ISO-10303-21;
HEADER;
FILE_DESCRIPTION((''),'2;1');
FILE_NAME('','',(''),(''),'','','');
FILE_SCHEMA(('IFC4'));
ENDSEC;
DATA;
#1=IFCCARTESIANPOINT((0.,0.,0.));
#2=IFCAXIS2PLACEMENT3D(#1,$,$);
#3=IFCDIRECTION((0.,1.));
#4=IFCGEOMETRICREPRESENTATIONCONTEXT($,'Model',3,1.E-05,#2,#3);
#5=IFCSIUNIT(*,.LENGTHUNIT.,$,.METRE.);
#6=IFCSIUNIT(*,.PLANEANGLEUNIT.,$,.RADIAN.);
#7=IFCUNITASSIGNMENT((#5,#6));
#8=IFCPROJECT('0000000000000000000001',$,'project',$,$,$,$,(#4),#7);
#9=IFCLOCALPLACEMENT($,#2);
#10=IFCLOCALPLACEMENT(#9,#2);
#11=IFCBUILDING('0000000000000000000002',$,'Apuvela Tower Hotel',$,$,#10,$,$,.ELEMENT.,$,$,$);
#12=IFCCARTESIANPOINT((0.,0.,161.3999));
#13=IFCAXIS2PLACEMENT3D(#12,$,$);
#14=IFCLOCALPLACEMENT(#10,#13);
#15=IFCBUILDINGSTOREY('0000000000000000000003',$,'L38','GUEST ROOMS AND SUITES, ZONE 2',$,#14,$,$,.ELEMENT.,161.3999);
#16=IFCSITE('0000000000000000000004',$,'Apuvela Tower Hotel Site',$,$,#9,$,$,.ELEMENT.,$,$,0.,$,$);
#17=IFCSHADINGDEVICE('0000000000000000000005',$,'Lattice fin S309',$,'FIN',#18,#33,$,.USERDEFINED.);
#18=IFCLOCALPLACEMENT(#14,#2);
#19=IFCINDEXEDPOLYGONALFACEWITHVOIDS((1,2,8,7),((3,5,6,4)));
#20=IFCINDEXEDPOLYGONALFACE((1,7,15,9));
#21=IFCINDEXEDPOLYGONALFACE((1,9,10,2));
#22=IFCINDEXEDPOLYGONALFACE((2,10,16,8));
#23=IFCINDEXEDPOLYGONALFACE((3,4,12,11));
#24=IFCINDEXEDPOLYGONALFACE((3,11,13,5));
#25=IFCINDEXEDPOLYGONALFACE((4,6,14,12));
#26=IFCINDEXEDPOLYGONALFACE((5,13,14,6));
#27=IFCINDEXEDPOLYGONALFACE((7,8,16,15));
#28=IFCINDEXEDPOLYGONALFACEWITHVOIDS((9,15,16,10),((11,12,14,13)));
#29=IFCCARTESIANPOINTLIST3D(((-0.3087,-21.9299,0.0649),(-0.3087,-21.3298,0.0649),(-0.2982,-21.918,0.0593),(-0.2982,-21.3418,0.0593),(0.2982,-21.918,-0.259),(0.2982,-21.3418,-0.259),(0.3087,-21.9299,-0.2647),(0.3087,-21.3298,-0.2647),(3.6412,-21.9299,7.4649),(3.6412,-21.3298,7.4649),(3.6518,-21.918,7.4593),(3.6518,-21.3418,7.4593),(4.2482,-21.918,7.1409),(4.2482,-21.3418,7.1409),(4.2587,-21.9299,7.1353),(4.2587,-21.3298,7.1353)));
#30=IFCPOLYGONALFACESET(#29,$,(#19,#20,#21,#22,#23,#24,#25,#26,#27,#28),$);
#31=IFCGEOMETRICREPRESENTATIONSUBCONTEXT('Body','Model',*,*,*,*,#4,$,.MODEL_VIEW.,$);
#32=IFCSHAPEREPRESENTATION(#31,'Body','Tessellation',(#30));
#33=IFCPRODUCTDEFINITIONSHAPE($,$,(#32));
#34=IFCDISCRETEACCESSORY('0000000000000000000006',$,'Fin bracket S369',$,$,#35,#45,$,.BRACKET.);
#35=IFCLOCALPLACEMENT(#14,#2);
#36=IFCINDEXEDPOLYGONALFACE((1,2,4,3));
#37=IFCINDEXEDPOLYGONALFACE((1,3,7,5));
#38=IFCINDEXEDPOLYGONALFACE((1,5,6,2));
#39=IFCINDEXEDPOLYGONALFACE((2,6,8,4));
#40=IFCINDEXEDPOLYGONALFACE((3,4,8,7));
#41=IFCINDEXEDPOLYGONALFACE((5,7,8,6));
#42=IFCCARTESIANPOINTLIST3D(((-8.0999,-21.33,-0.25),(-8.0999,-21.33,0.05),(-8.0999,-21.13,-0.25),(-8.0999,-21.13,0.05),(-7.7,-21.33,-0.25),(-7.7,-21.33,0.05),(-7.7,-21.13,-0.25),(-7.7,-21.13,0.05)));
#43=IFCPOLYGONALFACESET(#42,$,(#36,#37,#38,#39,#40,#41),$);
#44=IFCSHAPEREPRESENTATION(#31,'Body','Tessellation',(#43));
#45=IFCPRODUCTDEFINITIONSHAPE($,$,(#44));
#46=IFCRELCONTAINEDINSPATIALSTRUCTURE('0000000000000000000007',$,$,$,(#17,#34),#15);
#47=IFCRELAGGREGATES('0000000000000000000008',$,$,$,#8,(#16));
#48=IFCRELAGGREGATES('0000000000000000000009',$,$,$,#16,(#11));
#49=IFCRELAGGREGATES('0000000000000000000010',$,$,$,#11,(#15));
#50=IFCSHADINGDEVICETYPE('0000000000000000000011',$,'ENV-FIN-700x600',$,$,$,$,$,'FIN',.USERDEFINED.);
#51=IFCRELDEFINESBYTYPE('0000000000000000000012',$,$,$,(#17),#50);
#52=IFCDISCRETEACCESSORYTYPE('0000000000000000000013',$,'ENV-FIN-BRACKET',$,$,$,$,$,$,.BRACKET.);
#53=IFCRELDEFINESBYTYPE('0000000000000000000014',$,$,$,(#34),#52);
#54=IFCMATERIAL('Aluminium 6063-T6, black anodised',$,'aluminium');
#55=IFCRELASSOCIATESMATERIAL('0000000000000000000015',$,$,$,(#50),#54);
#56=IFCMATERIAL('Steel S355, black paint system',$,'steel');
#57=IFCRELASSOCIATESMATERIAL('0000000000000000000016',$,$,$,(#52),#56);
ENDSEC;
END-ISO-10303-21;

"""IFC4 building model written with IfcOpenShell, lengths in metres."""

from ifc_helpers import new_model, si_unit, direction, frame, origin, origin_2d, place, context, subcontext, project, spatial, rectangle, hollow_rectangle, extrude, material, material_profile, profile_set, type_object, element, save


model = new_model("IFC4")

# Units and contexts
model_context = context("Model", 3, precision=1e-05, world=origin(), true_north=direction((0.0, 1.0)))
body_context = subcontext(model_context, "Body", "Model", "MODEL_VIEW")
ifc_project = project(units=[si_unit("LENGTHUNIT", "METRE"), si_unit("PLANEANGLEUNIT", "RADIAN")], contexts=[model_context])

# Site, building, storey
site_placement = place(None, origin())
site = spatial("IfcSite", under=ifc_project, at=site_placement, Name="Apuvela Tower Hotel Site", CompositionType="ELEMENT", RefElevation=0.0)
building_placement = place(site_placement, origin())
building = spatial("IfcBuilding", under=site, at=building_placement, Name="Apuvela Tower Hotel", CompositionType="ELEMENT")
storey_placement = place(building_placement, frame((0.0, 0.0, 161.3999)))
storey = spatial("IfcBuildingStorey", under=building, at=storey_placement, Name="L38", Description="GUEST ROOMS AND SUITES, ZONE 2", CompositionType="ELEMENT", Elevation=161.3999)

# Shading device
ifc_material_1 = material(Name="Aluminium 6063-T6, black anodised", Category="aluminium")
ifc_material_profile_1 = material_profile(ifc_material_1, hollow_rectangle(XDim=0.6001, YDim=0.7, WallThickness=0.012, at=origin_2d()), Name="AL BOX 700x600x12")
ifc_profile_set_1 = profile_set([ifc_material_profile_1], Name="Aluminium 6063-T6, black anodised")
shading_device_type = type_object("IfcShadingDeviceType", Name="ENV-FIN-700x600", ElementType="FIN", PredefinedType="USERDEFINED", material=ifc_profile_set_1)
for number, where, z_axis, x_axis, name in (
    (1, (0.0, -21.6299, -0.0999), (0.470898, 0.0, 0.882188), (0.0, 1.0, 0.0), "Lattice fin S309"),
):
    element("IfcShadingDevice", number, at=place(storey_placement, frame(where, z_axis=z_axis, x_axis=x_axis)), inside=storey, type_object=shading_device_type, Name=name, ObjectType="FIN", PredefinedType="USERDEFINED", context=body_context, shape_type="SweptSolid", body=[
        extrude(hollow_rectangle(XDim=0.6001, YDim=0.7, WallThickness=0.012, at=origin_2d()), origin(), (0.0, 0.0, 1.0), 8.3882),
    ])

# Discrete accessory
ifc_material_2 = material(Name="Steel S355, black paint system", Category="steel")
discrete_accessory_type = type_object("IfcDiscreteAccessoryType", Name="ENV-FIN-BRACKET", PredefinedType="BRACKET", material=ifc_material_2)
discrete_accessory_placement = place(storey_placement, frame((-7.8999, -21.23, -0.25), z_axis=(0.0, 0.0, 1.0), x_axis=(1.0, 0.0, 0.0)))
element("IfcDiscreteAccessory", 2, at=discrete_accessory_placement, inside=storey, type_object=discrete_accessory_type, Name="Fin bracket S369", PredefinedType="BRACKET", context=body_context, shape_type="SweptSolid", body=[
    extrude(rectangle(XDim=0.3999, YDim=0.2, at=origin_2d()), origin(), (0.0, 0.0, 1.0), 0.3),
])

save(model, "model.ifc")
